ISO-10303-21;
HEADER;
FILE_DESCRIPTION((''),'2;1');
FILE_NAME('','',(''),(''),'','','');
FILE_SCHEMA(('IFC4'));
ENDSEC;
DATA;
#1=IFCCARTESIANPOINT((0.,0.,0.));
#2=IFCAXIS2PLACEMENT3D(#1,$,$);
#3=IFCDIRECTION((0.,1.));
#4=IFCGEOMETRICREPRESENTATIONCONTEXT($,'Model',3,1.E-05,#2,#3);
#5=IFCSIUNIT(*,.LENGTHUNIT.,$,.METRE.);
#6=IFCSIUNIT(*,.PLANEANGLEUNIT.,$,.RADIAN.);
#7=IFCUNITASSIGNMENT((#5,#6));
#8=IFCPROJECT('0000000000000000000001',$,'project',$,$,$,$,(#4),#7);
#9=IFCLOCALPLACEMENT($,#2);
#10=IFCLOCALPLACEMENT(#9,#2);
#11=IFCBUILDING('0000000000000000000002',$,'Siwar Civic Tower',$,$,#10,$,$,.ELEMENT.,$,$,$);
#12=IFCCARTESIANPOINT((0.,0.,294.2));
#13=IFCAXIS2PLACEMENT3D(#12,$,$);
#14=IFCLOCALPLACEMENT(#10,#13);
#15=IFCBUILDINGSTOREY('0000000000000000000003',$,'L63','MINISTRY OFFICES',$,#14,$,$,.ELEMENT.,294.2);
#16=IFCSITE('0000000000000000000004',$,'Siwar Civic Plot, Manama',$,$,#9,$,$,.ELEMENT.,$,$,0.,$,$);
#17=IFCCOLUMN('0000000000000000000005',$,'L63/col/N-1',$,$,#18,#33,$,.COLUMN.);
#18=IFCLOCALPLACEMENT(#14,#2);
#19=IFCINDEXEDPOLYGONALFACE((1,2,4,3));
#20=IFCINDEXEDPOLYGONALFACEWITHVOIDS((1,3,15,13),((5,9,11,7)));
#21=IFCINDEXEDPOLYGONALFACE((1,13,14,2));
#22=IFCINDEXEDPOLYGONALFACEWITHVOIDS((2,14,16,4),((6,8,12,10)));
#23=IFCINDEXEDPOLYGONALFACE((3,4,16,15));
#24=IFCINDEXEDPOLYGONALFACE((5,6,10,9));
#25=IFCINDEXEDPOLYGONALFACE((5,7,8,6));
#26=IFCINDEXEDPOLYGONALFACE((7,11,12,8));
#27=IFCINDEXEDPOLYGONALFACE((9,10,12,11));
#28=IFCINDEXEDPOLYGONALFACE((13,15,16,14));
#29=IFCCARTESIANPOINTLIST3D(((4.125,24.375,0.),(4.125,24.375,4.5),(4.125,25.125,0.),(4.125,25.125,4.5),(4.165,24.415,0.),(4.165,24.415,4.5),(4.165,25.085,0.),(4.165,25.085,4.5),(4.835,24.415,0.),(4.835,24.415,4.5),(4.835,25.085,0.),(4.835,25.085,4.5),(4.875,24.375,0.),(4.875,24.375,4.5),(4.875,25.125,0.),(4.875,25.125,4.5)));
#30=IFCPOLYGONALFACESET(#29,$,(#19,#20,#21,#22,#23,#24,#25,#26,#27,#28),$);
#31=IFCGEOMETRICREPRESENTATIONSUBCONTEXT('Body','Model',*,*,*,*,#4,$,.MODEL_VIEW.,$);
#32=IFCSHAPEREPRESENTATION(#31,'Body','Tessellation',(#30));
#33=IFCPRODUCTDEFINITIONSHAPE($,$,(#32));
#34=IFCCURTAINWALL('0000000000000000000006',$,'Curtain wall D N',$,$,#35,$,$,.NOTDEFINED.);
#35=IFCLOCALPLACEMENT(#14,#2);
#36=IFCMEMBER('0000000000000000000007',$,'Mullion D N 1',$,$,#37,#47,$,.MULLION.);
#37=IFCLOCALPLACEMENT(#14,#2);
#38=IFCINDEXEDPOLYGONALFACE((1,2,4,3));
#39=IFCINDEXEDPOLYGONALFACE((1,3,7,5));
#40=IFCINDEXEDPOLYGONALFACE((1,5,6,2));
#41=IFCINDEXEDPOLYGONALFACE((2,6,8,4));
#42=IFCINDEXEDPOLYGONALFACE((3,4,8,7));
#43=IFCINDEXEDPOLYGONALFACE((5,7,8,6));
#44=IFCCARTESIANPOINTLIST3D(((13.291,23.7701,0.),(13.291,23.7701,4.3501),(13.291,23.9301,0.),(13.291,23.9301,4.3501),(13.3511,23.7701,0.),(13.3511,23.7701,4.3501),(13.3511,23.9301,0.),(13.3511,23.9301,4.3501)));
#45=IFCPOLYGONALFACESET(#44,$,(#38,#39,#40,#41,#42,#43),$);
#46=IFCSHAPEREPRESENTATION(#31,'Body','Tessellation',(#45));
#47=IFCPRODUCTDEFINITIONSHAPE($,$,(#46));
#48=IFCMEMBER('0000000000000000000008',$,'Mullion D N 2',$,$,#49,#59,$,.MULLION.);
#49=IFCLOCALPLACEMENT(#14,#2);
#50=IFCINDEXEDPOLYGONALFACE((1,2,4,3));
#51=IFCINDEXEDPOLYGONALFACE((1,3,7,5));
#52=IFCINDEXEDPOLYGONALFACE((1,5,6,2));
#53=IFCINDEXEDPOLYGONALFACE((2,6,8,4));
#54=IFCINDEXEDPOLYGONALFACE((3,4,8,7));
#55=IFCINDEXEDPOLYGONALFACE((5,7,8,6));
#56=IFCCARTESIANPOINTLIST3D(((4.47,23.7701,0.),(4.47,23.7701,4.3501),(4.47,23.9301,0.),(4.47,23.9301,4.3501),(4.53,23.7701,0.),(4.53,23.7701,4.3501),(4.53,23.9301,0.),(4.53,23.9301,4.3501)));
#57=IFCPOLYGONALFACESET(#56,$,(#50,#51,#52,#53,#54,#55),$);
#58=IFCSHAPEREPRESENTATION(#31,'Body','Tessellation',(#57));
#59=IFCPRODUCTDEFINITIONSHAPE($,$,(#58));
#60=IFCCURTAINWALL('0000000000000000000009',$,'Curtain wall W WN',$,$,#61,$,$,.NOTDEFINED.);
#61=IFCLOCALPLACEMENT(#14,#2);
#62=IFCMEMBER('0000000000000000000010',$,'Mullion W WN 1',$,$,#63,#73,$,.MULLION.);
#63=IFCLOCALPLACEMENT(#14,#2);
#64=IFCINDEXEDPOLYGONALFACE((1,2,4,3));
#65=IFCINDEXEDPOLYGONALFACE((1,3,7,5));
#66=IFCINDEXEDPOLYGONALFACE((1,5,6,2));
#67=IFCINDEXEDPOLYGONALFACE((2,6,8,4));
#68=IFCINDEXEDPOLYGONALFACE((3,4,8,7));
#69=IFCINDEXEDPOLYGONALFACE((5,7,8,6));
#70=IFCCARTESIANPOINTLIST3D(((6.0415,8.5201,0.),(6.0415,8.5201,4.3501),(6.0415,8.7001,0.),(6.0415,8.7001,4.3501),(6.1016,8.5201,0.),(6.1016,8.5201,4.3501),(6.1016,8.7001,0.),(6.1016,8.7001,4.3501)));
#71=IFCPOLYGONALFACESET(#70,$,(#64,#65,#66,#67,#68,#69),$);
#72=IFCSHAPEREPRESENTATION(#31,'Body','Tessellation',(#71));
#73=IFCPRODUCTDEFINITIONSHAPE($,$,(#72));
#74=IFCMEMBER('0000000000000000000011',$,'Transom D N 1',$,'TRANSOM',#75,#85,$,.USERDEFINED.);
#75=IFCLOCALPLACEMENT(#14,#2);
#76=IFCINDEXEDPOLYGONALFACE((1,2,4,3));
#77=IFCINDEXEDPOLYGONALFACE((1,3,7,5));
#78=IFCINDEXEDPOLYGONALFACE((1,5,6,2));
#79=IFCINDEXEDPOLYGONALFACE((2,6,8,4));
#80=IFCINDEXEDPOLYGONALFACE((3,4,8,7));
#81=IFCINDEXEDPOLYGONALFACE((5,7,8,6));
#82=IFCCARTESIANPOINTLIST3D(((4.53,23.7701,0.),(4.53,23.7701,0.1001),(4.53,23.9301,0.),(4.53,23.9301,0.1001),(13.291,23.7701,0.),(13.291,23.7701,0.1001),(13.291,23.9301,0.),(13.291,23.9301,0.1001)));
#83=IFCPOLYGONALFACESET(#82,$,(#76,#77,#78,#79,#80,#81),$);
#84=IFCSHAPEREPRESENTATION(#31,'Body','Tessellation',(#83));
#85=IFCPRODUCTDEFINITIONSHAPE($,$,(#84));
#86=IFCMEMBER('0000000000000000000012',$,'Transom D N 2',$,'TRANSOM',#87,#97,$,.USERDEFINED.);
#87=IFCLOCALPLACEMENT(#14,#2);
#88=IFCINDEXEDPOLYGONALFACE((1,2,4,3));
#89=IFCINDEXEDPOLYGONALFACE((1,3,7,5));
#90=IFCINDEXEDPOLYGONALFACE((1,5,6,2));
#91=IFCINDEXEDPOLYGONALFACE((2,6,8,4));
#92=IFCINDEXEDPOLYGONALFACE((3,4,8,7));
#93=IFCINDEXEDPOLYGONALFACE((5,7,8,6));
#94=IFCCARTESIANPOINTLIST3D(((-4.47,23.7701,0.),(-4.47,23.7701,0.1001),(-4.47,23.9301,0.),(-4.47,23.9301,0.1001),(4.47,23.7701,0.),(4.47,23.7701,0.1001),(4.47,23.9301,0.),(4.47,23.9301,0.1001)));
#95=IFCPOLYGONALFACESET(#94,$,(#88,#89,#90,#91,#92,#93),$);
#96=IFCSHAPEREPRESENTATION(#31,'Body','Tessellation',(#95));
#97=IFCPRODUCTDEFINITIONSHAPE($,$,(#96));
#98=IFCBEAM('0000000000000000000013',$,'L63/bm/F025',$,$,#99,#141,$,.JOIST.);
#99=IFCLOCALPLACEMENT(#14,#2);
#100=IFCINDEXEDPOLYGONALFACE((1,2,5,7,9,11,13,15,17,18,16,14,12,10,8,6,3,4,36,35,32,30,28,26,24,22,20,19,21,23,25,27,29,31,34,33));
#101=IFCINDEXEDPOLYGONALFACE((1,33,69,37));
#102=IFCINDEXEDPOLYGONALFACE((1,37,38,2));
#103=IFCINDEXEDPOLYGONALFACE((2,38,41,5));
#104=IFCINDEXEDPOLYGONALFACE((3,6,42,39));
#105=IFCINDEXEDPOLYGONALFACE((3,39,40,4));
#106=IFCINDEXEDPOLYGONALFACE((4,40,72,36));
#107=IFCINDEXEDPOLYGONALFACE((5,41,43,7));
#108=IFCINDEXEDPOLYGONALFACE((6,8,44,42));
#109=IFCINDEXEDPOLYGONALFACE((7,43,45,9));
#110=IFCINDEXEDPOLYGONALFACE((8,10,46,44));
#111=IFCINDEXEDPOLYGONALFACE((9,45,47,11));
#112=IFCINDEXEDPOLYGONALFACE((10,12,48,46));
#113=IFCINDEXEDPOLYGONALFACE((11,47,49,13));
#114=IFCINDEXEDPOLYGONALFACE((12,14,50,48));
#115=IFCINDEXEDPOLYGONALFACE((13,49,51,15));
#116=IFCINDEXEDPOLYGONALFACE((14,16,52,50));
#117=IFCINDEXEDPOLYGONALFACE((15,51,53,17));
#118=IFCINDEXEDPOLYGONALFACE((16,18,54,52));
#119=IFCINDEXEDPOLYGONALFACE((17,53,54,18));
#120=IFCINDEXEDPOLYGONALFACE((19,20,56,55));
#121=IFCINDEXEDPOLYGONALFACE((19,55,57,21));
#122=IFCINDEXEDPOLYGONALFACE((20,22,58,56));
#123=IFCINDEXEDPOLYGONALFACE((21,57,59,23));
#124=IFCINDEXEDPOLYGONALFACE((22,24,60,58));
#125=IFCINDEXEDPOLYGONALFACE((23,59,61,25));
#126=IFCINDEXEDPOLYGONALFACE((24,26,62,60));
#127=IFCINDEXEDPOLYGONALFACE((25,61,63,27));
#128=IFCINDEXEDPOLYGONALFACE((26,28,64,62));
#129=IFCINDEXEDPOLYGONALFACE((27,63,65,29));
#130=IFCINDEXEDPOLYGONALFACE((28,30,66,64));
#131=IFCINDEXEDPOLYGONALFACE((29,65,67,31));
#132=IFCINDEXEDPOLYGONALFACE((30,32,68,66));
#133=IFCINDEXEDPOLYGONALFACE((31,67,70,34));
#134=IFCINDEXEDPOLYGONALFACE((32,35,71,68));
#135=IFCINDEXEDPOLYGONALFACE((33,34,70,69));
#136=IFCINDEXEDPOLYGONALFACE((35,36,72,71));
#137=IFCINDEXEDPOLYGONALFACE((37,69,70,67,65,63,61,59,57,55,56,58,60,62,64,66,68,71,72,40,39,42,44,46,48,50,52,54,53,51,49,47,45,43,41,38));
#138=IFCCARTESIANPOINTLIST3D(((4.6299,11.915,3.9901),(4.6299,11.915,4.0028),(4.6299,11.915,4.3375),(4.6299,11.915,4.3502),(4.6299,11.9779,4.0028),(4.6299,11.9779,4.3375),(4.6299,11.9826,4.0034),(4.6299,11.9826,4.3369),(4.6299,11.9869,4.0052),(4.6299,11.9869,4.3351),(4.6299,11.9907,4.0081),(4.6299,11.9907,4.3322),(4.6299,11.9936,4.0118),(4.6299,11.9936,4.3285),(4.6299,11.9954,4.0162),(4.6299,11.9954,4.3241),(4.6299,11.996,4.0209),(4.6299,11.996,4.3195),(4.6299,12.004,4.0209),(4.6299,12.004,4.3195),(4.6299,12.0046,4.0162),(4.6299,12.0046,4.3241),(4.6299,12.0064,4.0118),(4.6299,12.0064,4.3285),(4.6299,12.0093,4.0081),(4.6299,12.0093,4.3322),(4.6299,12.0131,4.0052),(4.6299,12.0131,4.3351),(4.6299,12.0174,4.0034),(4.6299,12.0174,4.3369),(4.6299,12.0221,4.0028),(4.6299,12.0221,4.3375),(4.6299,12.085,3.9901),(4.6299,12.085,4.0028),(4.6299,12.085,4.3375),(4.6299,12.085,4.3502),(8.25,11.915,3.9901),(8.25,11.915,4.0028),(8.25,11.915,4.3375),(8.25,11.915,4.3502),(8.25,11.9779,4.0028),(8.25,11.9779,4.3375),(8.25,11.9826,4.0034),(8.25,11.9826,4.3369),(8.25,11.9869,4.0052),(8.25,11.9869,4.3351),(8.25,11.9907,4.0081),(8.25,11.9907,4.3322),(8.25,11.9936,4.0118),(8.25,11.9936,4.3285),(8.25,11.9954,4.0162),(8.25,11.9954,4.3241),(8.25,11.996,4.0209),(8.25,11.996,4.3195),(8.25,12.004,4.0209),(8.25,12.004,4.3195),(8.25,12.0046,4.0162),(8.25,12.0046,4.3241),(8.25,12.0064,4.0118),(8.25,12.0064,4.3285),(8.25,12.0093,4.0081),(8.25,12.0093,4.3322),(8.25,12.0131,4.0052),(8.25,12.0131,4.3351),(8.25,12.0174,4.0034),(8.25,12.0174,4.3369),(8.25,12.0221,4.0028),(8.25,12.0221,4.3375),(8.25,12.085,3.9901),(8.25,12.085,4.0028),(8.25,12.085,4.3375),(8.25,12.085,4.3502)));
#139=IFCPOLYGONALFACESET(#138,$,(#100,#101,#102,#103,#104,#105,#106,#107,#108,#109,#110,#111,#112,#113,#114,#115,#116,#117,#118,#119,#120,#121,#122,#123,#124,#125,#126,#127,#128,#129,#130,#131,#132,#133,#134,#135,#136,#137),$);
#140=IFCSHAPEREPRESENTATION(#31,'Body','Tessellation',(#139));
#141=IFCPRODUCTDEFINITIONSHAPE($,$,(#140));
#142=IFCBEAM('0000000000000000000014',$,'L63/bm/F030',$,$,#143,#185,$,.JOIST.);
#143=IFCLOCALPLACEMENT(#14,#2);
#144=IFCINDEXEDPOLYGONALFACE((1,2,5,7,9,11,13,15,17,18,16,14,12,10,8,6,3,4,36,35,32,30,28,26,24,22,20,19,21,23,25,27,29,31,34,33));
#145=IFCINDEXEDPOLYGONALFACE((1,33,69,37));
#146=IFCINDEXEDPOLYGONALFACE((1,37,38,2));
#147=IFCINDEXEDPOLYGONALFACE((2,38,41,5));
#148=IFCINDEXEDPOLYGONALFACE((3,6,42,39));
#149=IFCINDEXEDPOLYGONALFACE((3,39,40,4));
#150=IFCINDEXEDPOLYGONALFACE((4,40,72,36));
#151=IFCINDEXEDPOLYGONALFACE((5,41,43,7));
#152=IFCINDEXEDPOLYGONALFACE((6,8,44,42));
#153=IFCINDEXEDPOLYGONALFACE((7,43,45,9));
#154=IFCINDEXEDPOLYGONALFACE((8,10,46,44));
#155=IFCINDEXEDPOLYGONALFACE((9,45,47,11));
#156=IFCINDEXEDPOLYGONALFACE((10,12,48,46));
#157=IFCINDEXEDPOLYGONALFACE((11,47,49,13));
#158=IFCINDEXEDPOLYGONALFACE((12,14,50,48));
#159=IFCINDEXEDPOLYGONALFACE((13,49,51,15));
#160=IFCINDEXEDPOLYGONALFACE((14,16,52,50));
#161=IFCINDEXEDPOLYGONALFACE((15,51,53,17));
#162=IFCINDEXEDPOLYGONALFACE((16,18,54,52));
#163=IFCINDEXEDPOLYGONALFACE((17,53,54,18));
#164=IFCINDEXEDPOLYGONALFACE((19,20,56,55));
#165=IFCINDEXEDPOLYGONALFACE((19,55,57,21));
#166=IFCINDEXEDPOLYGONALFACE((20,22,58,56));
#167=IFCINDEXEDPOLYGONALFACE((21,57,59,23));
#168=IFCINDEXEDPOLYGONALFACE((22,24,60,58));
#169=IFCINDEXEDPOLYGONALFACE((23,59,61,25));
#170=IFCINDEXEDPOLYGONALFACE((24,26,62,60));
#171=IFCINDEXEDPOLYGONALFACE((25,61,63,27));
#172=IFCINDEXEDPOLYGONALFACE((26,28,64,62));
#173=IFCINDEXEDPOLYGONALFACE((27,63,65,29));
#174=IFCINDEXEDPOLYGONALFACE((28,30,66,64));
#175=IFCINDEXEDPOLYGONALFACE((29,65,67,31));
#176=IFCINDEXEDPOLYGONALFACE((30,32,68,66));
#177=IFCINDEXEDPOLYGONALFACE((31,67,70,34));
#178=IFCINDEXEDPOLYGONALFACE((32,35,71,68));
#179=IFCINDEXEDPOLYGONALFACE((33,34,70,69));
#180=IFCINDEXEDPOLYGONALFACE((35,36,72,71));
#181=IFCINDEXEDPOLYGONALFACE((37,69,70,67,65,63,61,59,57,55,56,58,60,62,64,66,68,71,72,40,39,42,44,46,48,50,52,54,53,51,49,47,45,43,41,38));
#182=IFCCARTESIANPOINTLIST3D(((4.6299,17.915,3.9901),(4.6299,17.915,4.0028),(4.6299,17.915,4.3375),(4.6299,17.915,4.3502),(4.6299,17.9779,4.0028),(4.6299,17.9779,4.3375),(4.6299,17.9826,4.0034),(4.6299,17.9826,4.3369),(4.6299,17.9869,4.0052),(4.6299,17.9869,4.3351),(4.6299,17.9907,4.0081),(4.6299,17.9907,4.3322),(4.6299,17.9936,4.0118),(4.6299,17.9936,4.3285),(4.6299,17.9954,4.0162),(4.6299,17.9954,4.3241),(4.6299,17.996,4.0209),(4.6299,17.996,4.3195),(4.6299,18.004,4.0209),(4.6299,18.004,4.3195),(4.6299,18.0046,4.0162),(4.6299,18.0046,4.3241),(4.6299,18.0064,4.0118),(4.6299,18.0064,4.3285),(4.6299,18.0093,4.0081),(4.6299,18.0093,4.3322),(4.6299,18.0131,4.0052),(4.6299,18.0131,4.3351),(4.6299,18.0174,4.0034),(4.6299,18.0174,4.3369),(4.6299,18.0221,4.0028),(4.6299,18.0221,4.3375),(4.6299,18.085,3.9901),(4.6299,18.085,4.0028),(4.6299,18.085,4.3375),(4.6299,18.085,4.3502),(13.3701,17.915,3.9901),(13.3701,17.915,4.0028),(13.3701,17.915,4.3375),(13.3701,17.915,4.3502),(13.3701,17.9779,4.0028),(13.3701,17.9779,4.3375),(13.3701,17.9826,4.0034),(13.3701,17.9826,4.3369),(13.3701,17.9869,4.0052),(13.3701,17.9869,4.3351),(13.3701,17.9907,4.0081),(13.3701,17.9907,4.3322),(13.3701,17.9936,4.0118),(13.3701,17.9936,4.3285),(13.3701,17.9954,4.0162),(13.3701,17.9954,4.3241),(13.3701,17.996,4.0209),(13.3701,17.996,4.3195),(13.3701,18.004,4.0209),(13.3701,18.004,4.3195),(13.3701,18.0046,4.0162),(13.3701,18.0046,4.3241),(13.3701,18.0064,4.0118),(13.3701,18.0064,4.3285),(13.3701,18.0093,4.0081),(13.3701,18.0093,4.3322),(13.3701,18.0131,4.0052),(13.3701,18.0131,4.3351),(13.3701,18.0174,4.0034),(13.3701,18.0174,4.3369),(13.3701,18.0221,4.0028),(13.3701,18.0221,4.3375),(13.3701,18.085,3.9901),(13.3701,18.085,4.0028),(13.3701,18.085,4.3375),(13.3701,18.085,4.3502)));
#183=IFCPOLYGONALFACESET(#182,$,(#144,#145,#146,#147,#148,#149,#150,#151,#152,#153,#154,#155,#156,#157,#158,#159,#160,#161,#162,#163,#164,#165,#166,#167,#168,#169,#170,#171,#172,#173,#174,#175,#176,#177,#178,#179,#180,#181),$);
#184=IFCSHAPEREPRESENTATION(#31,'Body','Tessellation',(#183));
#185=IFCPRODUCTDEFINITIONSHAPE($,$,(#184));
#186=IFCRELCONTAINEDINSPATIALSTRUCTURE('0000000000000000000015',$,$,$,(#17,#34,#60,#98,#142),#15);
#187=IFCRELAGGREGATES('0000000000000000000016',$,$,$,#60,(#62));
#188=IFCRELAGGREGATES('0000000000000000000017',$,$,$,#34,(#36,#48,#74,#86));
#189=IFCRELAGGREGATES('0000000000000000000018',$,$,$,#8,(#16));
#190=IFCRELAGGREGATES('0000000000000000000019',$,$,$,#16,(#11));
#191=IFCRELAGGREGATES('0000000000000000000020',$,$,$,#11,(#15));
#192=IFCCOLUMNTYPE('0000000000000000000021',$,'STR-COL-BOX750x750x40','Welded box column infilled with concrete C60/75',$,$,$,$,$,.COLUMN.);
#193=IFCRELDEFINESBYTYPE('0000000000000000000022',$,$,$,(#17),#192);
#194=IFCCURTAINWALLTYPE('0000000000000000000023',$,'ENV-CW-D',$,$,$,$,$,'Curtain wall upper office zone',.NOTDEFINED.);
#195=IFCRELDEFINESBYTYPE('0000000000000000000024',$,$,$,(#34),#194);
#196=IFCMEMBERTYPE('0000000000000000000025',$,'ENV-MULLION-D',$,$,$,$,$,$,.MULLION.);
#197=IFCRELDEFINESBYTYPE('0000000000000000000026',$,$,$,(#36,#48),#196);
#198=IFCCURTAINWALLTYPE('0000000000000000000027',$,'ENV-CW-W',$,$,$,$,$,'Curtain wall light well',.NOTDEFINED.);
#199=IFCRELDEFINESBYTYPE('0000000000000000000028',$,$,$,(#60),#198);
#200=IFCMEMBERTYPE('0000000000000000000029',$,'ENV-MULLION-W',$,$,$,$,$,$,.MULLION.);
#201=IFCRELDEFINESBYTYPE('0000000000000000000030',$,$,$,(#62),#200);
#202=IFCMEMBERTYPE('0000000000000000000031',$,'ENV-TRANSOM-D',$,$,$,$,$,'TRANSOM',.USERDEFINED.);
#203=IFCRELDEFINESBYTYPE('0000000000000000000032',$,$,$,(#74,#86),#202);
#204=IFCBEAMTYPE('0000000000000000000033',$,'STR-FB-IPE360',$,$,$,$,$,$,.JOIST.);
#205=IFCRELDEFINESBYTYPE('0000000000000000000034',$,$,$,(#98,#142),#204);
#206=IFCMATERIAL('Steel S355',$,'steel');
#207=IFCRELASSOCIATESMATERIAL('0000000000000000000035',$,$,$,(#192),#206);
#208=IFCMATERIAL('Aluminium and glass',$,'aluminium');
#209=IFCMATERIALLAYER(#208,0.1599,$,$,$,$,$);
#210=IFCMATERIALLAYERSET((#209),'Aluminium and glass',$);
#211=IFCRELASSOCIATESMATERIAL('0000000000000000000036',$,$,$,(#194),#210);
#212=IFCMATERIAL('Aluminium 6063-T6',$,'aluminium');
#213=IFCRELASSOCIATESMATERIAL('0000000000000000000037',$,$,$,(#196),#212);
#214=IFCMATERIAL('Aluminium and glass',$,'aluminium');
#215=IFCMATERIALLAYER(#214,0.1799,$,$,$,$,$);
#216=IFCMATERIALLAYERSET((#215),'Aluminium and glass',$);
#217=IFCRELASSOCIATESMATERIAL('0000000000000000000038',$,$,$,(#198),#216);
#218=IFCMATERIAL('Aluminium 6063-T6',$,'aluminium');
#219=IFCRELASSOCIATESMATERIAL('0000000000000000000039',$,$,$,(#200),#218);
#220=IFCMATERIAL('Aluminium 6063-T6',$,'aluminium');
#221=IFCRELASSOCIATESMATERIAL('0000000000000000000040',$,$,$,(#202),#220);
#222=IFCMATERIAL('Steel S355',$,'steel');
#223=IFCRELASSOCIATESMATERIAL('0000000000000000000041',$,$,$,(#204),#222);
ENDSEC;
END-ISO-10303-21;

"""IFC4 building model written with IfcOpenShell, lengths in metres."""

from ifc_helpers import new_model, si_unit, direction, frame, origin, origin_2d, place, context, subcontext, project, spatial, rectangle, hollow_rectangle, i_section, extrude, material, layer, layer_set, material_profile, profile_set, type_object, element, aggregate, save


model = new_model("IFC4")

# Units and contexts
model_context = context("Model", 3, precision=1e-05, world=origin(), true_north=direction((0.0, 1.0)))
body_context = subcontext(model_context, "Body", "Model", "MODEL_VIEW")
ifc_project = project(units=[si_unit("LENGTHUNIT", "METRE"), si_unit("PLANEANGLEUNIT", "RADIAN")], contexts=[model_context])

# Site, building, storey
site_placement = place(None, origin())
site = spatial("IfcSite", under=ifc_project, at=site_placement, Name="Siwar Civic Plot, Manama", CompositionType="ELEMENT", RefElevation=0.0)
building_placement = place(site_placement, origin())
building = spatial("IfcBuilding", under=site, at=building_placement, Name="Siwar Civic Tower", CompositionType="ELEMENT")
storey_placement = place(building_placement, frame((0.0, 0.0, 294.2)))
storey = spatial("IfcBuildingStorey", under=building, at=storey_placement, Name="L63", Description="MINISTRY OFFICES", CompositionType="ELEMENT", Elevation=294.2)

# Column
ifc_material_1 = material(Name="Steel S355", Category="steel")
ifc_material_profile_1 = material_profile(ifc_material_1, hollow_rectangle(XDim=0.75, YDim=0.75, WallThickness=0.04, at=origin_2d()), Name="BOX750x750x40")
ifc_profile_set_1 = profile_set([ifc_material_profile_1], Name="Steel S355")
column_type = type_object("IfcColumnType", Name="STR-COL-BOX750x750x40", Description="Welded box column infilled with concrete C60/75", PredefinedType="COLUMN", material=ifc_profile_set_1)
column_placement = place(storey_placement, frame((4.5, 24.75, 0.0), z_axis=(0.0, 0.0, 1.0), x_axis=(1.0, 0.0, 0.0)))
element("IfcColumn", 1, at=column_placement, inside=storey, type_object=column_type, Name="L63/col/N-1", PredefinedType="COLUMN", context=body_context, shape_type="SweptSolid", body=[
    extrude(hollow_rectangle(XDim=0.75, YDim=0.75, WallThickness=0.04, at=origin_2d()), origin(), (0.0, 0.0, 1.0), 4.5),
])

# Curtain wall, members
ifc_material_2 = material(Name="Aluminium and glass", Category="aluminium")
ifc_layer_1 = layer(ifc_material_2, 0.1599)
ifc_layer_set_1 = layer_set([ifc_layer_1], Name="Aluminium and glass")
curtain_wall_type_1 = type_object("IfcCurtainWallType", Name="ENV-CW-D", ElementType="Curtain wall upper office zone", PredefinedType="NOTDEFINED", material=ifc_layer_set_1)
curtain_wall_1_placement = place(storey_placement, origin())
curtain_wall_1 = element("IfcCurtainWall", 2, at=curtain_wall_1_placement, inside=storey, type_object=curtain_wall_type_1, Name="Curtain wall D N", PredefinedType="NOTDEFINED")
ifc_material_3 = material(Name="Aluminium 6063-T6", Category="aluminium")
ifc_material_profile_2 = material_profile(ifc_material_3, rectangle(XDim=0.1599, YDim=0.0601, at=origin_2d()), Name="AL 160x60")
ifc_profile_set_2 = profile_set([ifc_material_profile_2], Name="Aluminium 6063-T6")
member_type_1 = type_object("IfcMemberType", Name="ENV-MULLION-D", PredefinedType="MULLION", material=ifc_profile_set_2)
member_1_placement = place(storey_placement, frame((13.321, 23.8501, 0.0), z_axis=(0.0, 0.0, 1.0), x_axis=(0.0, -1.0, 0.0)))
member_1 = element("IfcMember", 3, at=member_1_placement, type_object=member_type_1, Name="Mullion D N 1", PredefinedType="MULLION", context=body_context, shape_type="SweptSolid", body=[
    extrude(rectangle(XDim=0.1599, YDim=0.0601, at=origin_2d()), origin(), (0.0, 0.0, 1.0), 4.3501),
])
member_2_placement = place(storey_placement, frame((4.5, 23.8501, 0.0), z_axis=(0.0, 0.0, 1.0), x_axis=(0.0, -1.0, 0.0)))
member_2 = element("IfcMember", 4, at=member_2_placement, type_object=member_type_1, Name="Mullion D N 2", PredefinedType="MULLION", context=body_context, shape_type="SweptSolid", body=[
    extrude(rectangle(XDim=0.1599, YDim=0.0601, at=origin_2d()), origin(), (0.0, 0.0, 1.0), 4.3501),
])

# Curtain wall, member
ifc_material_4 = material(Name="Aluminium and glass", Category="aluminium")
ifc_layer_2 = layer(ifc_material_4, 0.1799)
ifc_layer_set_2 = layer_set([ifc_layer_2], Name="Aluminium and glass")
curtain_wall_type_2 = type_object("IfcCurtainWallType", Name="ENV-CW-W", ElementType="Curtain wall light well", PredefinedType="NOTDEFINED", material=ifc_layer_set_2)
curtain_wall_2_placement = place(storey_placement, origin())
curtain_wall_2 = element("IfcCurtainWall", 5, at=curtain_wall_2_placement, inside=storey, type_object=curtain_wall_type_2, Name="Curtain wall W WN", PredefinedType="NOTDEFINED")
ifc_material_5 = material(Name="Aluminium 6063-T6", Category="aluminium")
ifc_material_profile_3 = material_profile(ifc_material_5, rectangle(XDim=0.1799, YDim=0.0601, at=origin_2d()), Name="AL 180x60")
ifc_profile_set_3 = profile_set([ifc_material_profile_3], Name="Aluminium 6063-T6")
member_type_2 = type_object("IfcMemberType", Name="ENV-MULLION-W", PredefinedType="MULLION", material=ifc_profile_set_3)
member_3_placement = place(storey_placement, frame((6.0715, 8.6101, 0.0), z_axis=(0.0, 0.0, 1.0), x_axis=(0.0, -1.0, 0.0)))
member_3 = element("IfcMember", 6, at=member_3_placement, type_object=member_type_2, Name="Mullion W WN 1", PredefinedType="MULLION", context=body_context, shape_type="SweptSolid", body=[
    extrude(rectangle(XDim=0.1799, YDim=0.0601, at=origin_2d()), origin(), (0.0, 0.0, 1.0), 4.3501),
])
aggregate(curtain_wall_2, [member_3])

# Members
ifc_material_6 = material(Name="Aluminium 6063-T6", Category="aluminium")
ifc_material_profile_4 = material_profile(ifc_material_6, rectangle(XDim=0.1599, YDim=0.1001, at=origin_2d()), Name="AL 160x100")
ifc_profile_set_4 = profile_set([ifc_material_profile_4], Name="Aluminium 6063-T6")
member_type_3 = type_object("IfcMemberType", Name="ENV-TRANSOM-D", ElementType="TRANSOM", PredefinedType="USERDEFINED", material=ifc_profile_set_4)
member_4_placement = place(storey_placement, frame((13.291, 23.8501, 0.05), z_axis=(-1.0, 0.0, 0.0), x_axis=(0.0, -1.0, 0.0)))
member_4 = element("IfcMember", 7, at=member_4_placement, type_object=member_type_3, Name="Transom D N 1", ObjectType="TRANSOM", PredefinedType="USERDEFINED", context=body_context, shape_type="SweptSolid", body=[
    extrude(rectangle(XDim=0.1599, YDim=0.1001, at=origin_2d()), origin(), (0.0, 0.0, 1.0), 8.761),
])
member_5_placement = place(storey_placement, frame((4.47, 23.8501, 0.05), z_axis=(-1.0, 0.0, 0.0), x_axis=(0.0, -1.0, 0.0)))
member_5 = element("IfcMember", 8, at=member_5_placement, type_object=member_type_3, Name="Transom D N 2", ObjectType="TRANSOM", PredefinedType="USERDEFINED", context=body_context, shape_type="SweptSolid", body=[
    extrude(rectangle(XDim=0.1599, YDim=0.1001, at=origin_2d()), origin(), (0.0, 0.0, 1.0), 8.9399),
])

# Beams
ifc_material_7 = material(Name="Steel S355", Category="steel")
ifc_material_profile_5 = material_profile(ifc_material_7, i_section(OverallWidth=0.1699, OverallDepth=0.3601, WebThickness=0.0081, FlangeThickness=0.0127, FilletRadius=0.0181, at=origin_2d()), Name="IPE360")
ifc_profile_set_5 = profile_set([ifc_material_profile_5], Name="Steel S355")
beam_type_1 = type_object("IfcBeamType", Name="STR-FB-IPE360", PredefinedType="JOIST", material=ifc_profile_set_5)
beam_1_placement = place(storey_placement, frame((4.6299, 12.0, 4.1702), z_axis=(1.0, 0.0, 0.0), x_axis=(0.0, 1.0, 0.0)))
element("IfcBeam", 9, at=beam_1_placement, inside=storey, type_object=beam_type_1, Name="L63/bm/F025", PredefinedType="JOIST", context=body_context, shape_type="SweptSolid", body=[
    extrude(i_section(OverallWidth=0.1699, OverallDepth=0.3601, WebThickness=0.0081, FlangeThickness=0.0127, FilletRadius=0.0181, at=origin_2d()), origin(), (0.0, 0.0, 1.0), 3.6201),
])
for number, where, z_axis, x_axis, name in (
    (10, (4.6299, 18.0, 4.1702), (1.0, 0.0, 0.0), (0.0, 1.0, 0.0), "L63/bm/F030"),
):
    element("IfcBeam", number, at=place(storey_placement, frame(where, z_axis=z_axis, x_axis=x_axis)), inside=storey, type_object=beam_type_1, Name=name, PredefinedType="JOIST", context=body_context, shape_type="SweptSolid", body=[
        extrude(i_section(OverallWidth=0.1699, OverallDepth=0.3601, WebThickness=0.0081, FlangeThickness=0.0127, FilletRadius=0.0181, at=origin_2d()), origin(), (0.0, 0.0, 1.0), 8.7402),
    ])

aggregate(curtain_wall_1, [member_1, member_2, member_4, member_5])

save(model, "model.ifc")
